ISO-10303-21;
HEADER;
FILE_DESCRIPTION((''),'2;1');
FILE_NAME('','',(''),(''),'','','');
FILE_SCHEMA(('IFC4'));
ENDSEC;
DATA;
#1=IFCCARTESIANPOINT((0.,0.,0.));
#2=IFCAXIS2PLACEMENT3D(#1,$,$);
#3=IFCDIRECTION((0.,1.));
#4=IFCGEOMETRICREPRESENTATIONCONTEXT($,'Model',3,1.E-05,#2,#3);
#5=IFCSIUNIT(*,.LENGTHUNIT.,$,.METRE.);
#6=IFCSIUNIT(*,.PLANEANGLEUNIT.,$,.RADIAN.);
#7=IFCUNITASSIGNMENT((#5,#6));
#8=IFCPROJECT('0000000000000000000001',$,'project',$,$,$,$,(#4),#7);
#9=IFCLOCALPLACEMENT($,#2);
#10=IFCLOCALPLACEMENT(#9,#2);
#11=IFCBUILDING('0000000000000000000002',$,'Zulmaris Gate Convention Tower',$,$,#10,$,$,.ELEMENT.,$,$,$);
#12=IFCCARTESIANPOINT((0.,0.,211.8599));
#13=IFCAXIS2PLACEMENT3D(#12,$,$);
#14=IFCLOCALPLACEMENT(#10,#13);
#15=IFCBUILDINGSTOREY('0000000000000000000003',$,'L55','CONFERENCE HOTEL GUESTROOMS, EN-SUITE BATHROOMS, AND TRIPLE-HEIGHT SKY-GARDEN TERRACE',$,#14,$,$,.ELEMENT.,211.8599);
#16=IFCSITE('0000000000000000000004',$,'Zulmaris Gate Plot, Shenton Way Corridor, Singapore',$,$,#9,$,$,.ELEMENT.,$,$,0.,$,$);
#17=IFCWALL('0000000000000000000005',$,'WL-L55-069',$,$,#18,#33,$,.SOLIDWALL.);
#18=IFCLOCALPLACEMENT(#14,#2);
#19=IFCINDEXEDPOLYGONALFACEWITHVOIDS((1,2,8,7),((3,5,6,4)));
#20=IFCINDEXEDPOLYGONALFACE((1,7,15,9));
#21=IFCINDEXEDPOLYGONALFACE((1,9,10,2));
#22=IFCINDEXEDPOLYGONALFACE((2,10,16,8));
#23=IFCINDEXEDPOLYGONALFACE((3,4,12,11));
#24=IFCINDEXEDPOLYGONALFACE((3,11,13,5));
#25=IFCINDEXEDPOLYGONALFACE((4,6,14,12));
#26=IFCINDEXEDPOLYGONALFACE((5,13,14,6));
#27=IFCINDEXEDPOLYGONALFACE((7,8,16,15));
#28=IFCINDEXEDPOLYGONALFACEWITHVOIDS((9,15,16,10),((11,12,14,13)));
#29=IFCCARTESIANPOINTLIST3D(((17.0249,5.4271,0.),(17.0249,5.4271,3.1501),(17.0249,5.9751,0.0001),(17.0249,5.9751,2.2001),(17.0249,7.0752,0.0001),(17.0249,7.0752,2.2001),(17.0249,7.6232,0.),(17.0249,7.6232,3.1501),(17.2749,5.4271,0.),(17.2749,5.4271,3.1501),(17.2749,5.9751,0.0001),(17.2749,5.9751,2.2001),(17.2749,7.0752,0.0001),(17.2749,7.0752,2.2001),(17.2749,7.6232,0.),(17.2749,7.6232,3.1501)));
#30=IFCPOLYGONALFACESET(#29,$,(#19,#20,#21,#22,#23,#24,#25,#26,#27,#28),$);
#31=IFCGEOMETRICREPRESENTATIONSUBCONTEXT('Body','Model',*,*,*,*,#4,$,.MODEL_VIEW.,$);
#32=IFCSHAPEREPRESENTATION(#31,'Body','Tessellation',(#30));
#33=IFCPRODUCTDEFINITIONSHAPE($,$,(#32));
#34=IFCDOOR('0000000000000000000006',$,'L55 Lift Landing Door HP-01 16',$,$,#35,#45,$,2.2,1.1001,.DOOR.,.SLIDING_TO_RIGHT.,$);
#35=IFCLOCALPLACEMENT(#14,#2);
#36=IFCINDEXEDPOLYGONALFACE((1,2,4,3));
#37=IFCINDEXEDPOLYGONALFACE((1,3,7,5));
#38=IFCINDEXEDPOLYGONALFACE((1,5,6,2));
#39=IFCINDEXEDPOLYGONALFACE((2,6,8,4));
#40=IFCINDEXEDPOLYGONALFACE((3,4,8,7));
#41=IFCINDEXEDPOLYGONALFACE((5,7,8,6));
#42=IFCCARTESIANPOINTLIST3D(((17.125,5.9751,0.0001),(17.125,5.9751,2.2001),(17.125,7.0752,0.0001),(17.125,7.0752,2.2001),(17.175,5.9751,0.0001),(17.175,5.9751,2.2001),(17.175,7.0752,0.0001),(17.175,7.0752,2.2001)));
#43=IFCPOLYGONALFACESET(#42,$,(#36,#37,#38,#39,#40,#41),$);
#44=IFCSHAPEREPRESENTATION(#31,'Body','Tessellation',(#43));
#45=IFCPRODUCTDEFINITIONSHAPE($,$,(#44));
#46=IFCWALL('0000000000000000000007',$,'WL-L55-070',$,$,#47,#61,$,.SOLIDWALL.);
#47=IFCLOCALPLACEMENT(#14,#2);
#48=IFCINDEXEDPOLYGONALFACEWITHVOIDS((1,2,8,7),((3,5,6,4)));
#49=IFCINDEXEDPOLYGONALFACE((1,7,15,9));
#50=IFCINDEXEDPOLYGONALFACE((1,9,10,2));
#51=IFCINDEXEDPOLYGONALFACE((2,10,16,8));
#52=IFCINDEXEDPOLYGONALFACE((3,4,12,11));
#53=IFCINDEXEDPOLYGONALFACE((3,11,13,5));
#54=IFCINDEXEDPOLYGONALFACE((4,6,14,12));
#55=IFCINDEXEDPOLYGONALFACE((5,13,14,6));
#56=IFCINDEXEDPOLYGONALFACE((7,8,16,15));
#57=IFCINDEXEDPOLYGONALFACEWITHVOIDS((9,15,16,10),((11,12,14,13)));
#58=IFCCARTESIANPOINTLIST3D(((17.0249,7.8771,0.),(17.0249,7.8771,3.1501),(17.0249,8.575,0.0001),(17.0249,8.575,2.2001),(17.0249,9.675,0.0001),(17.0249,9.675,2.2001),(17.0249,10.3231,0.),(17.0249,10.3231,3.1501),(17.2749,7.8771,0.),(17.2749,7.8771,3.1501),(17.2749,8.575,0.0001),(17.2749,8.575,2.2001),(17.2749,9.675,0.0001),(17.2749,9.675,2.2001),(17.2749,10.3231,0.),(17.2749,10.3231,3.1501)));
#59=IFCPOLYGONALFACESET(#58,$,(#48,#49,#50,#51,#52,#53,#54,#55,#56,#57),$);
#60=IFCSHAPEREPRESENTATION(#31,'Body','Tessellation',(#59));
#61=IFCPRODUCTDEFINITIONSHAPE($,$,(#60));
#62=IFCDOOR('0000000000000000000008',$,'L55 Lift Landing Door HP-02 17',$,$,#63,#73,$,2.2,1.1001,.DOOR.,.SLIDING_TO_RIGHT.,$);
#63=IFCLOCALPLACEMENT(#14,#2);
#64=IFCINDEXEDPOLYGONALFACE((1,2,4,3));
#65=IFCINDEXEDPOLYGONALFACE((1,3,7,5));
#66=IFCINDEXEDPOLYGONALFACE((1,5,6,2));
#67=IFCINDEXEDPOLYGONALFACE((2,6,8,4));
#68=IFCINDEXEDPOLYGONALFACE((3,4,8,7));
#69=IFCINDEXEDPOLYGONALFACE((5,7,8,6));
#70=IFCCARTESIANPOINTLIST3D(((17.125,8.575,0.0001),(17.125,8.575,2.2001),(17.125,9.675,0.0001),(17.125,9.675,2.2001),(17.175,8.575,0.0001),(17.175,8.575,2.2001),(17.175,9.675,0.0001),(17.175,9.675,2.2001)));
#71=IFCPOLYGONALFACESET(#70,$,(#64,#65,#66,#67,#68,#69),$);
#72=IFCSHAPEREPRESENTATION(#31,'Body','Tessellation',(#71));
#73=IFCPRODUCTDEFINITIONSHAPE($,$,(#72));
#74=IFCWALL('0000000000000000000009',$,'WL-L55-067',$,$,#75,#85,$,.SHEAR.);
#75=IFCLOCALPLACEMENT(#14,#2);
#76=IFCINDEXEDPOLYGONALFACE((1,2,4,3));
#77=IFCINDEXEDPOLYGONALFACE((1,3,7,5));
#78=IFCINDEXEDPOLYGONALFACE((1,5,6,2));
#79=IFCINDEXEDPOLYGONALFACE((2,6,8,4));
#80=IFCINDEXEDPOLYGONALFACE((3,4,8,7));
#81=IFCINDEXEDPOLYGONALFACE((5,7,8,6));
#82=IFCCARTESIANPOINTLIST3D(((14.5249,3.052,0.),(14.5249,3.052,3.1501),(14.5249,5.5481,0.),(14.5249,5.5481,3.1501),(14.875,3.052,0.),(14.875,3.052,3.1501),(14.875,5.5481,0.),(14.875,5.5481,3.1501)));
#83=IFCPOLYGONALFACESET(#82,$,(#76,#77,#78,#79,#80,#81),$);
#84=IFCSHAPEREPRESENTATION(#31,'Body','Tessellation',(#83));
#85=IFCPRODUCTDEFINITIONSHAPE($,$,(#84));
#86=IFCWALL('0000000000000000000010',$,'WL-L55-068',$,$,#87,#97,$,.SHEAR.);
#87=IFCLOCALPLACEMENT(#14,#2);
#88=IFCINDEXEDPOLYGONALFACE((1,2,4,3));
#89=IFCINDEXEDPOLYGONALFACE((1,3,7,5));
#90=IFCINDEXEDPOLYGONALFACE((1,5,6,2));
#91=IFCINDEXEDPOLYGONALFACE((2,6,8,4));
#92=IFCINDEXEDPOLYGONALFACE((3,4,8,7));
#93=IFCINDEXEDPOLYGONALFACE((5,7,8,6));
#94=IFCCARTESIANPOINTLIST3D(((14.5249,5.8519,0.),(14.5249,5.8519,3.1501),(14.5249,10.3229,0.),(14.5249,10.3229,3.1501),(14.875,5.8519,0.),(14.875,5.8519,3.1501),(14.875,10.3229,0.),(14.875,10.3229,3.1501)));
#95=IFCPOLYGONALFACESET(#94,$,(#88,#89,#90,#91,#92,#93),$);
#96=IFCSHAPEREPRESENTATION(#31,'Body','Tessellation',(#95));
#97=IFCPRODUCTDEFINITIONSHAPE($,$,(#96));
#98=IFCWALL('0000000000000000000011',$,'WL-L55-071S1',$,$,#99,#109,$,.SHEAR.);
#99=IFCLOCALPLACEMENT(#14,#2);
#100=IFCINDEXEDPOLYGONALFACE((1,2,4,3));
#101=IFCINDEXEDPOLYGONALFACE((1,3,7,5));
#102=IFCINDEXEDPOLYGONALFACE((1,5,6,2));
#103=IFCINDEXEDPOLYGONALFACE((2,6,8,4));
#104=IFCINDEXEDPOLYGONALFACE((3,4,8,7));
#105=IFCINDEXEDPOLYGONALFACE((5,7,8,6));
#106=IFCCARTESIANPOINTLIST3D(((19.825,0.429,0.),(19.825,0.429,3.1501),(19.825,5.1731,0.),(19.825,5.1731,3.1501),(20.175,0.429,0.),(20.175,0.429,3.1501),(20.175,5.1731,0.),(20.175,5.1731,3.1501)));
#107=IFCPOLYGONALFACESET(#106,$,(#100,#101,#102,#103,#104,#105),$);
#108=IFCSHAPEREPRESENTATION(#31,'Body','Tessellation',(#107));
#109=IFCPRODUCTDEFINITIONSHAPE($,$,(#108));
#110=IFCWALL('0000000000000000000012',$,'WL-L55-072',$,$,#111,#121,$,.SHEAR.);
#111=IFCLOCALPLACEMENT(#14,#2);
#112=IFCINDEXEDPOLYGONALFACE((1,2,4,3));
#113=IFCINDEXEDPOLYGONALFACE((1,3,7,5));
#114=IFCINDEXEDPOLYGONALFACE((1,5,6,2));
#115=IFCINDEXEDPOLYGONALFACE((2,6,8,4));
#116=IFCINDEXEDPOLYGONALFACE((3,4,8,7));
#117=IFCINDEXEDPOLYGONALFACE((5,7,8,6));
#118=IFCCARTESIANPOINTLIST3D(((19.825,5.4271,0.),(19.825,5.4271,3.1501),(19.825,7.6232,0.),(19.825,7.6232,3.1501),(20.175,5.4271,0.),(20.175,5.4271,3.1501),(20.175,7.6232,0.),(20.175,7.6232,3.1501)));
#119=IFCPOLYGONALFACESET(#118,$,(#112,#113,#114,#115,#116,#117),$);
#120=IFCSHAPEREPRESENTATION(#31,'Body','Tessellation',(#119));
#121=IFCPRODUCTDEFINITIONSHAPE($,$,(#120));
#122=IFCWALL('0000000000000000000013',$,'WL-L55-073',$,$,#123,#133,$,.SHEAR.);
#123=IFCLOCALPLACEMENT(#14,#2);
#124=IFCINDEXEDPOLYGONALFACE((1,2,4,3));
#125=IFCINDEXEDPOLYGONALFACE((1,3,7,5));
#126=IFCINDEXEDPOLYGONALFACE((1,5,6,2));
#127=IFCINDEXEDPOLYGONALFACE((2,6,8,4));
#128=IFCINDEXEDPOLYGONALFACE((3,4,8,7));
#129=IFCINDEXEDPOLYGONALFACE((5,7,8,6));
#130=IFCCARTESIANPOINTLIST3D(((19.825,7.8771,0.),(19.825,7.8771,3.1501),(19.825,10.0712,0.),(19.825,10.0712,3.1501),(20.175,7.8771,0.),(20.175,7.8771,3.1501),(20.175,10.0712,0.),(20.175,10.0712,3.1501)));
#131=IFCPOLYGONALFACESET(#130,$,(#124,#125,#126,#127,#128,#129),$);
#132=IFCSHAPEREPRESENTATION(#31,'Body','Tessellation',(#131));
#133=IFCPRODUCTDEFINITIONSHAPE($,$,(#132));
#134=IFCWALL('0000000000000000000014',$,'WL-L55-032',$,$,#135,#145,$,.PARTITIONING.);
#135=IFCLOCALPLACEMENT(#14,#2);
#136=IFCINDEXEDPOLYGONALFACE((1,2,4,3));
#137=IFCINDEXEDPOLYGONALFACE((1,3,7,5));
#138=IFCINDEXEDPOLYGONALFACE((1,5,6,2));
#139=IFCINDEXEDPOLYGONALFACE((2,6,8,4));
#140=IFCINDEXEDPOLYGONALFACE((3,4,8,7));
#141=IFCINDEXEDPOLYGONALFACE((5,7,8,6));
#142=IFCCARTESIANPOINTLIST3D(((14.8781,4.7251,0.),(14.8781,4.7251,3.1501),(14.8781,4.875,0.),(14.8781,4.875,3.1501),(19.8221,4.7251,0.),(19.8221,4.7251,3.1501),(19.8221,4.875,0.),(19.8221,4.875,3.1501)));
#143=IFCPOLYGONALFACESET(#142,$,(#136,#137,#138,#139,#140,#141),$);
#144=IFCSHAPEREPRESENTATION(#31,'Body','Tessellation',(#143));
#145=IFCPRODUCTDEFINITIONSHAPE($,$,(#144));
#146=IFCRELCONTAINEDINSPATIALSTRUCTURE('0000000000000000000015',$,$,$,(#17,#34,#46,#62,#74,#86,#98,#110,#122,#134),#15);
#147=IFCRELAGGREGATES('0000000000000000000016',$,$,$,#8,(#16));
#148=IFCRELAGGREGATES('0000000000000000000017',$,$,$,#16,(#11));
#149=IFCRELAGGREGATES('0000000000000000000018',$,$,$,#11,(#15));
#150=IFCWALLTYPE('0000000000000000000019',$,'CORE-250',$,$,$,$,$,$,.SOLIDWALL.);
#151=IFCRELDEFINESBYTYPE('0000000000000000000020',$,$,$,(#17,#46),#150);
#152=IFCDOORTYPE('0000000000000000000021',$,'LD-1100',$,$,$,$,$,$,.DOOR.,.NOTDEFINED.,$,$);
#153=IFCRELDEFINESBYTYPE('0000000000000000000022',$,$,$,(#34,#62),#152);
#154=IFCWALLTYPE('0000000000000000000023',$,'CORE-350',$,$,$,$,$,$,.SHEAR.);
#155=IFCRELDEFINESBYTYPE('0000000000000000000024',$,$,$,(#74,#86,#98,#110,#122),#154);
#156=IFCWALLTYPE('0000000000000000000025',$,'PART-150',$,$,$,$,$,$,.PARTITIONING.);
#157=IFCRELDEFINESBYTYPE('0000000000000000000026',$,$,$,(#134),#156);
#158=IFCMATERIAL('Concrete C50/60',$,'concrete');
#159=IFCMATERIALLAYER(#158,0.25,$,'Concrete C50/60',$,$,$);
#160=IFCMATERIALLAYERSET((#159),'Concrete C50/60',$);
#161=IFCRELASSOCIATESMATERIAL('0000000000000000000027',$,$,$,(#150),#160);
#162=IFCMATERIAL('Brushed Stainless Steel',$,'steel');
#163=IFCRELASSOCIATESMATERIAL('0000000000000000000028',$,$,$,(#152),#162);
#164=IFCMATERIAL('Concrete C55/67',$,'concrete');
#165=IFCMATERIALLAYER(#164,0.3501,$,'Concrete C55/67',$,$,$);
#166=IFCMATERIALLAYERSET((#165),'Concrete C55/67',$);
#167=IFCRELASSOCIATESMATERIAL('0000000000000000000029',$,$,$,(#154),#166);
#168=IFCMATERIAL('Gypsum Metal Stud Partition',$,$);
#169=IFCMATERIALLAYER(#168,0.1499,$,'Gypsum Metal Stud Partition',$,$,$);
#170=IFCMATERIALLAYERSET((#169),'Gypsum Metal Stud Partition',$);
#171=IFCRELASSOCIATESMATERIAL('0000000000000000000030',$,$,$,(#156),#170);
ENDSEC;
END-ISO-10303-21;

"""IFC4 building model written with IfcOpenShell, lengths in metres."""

from ifc_helpers import new_model, si_unit, direction, frame, frame_2d, origin, place, context, subcontext, project, spatial, rectangle, extrude, material, layer, layer_set, type_object, element, fill, save


model = new_model("IFC4")

# Units and contexts
model_context = context("Model", 3, precision=1e-05, world=origin(), true_north=direction((0.0, 1.0)))
body_context = subcontext(model_context, "Body", "Model", "MODEL_VIEW")
ifc_project = project(units=[si_unit("LENGTHUNIT", "METRE"), si_unit("PLANEANGLEUNIT", "RADIAN")], contexts=[model_context])

# Site, building, storey
site_placement = place(None, origin())
site = spatial("IfcSite", under=ifc_project, at=site_placement, Name="Zulmaris Gate Plot, Shenton Way Corridor, Singapore", CompositionType="ELEMENT", RefElevation=0.0)
building_placement = place(site_placement, origin())
building = spatial("IfcBuilding", under=site, at=building_placement, Name="Zulmaris Gate Convention Tower", CompositionType="ELEMENT")
storey_placement = place(building_placement, frame((0.0, 0.0, 211.8599)))
storey = spatial("IfcBuildingStorey", under=building, at=storey_placement, Name="L55", Description="CONFERENCE HOTEL GUESTROOMS, EN-SUITE BATHROOMS, AND TRIPLE-HEIGHT SKY-GARDEN TERRACE", CompositionType="ELEMENT", Elevation=211.8599)

# Shared definitions
ifc_material_1 = material(Name="Concrete C50/60", Category="concrete")

# Shared definitions
ifc_layer_1 = layer(ifc_material_1, 0.25, Name="Concrete C50/60")
ifc_layer_set_1 = layer_set([ifc_layer_1], Name="Concrete C50/60")
wall_type_1 = type_object("IfcWallType", Name="CORE-250", PredefinedType="SOLIDWALL", material=ifc_layer_set_1)

# Walls, openings, doors
wall_1_placement = place(storey_placement, frame((17.1499, 5.427, 0.0), z_axis=(0.0, 0.0, 1.0), x_axis=(0.0, 1.0, 0.0)))
wall_1 = element("IfcWall", 1, at=wall_1_placement, inside=storey, type_object=wall_type_1, Name="WL-L55-069", PredefinedType="SOLIDWALL", context=body_context, shape_type="SweptSolid", body=[
    extrude(rectangle(XDim=2.196, YDim=0.25, at=frame_2d((1.0981, 0.0))), origin(), (0.0, 0.0, 1.0), 3.1501),
])
opening_1_placement = place(wall_1_placement, frame((0.5481, 0.0, 0.0)))
opening_1 = element("IfcOpeningElement", 2, at=opening_1_placement, cuts=wall_1, PredefinedType="OPENING", context=body_context, shape_type="SweptSolid", body=[
    extrude(rectangle(XDim=1.1001, YDim=2.2, at=frame_2d((0.55, 1.1001))), frame((0.0, 0.135, 0.0), z_axis=(0.0, -1.0, 0.0), x_axis=(1.0, 0.0, 0.0)), (0.0, 0.0, 1.0), 0.27),
])
ifc_material_2 = material(Name="Brushed Stainless Steel", Category="steel")
door_type = type_object("IfcDoorType", Name="LD-1100", OperationType="NOTDEFINED", PredefinedType="DOOR", material=ifc_material_2)
door_1_placement = place(opening_1_placement, origin())
door_1 = element("IfcDoor", 3, at=door_1_placement, inside=storey, type_object=door_type, Name="L55 Lift Landing Door HP-01 16", OperationType="SLIDING_TO_RIGHT", OverallHeight=2.2, OverallWidth=1.1001, PredefinedType="DOOR", context=body_context, shape_type="SweptSolid", body=[
    extrude(rectangle(XDim=1.1001, YDim=2.2, at=frame_2d((0.55, 1.1001))), frame((0.0, 0.0249, 0.0), z_axis=(0.0, -1.0, 0.0), x_axis=(1.0, 0.0, 0.0)), (0.0, 0.0, 1.0), 0.05),
])
fill(opening_1, door_1)
wall_2_placement = place(storey_placement, frame((17.1499, 7.877, 0.0), z_axis=(0.0, 0.0, 1.0), x_axis=(0.0, 1.0, 0.0)))
wall_2 = element("IfcWall", 4, at=wall_2_placement, inside=storey, type_object=wall_type_1, Name="WL-L55-070", PredefinedType="SOLIDWALL", context=body_context, shape_type="SweptSolid", body=[
    extrude(rectangle(XDim=2.446, YDim=0.25, at=frame_2d((1.2231, 0.0))), origin(), (0.0, 0.0, 1.0), 3.1501),
])
opening_2_placement = place(wall_2_placement, frame((0.698, 0.0, 0.0)))
opening_2 = element("IfcOpeningElement", 5, at=opening_2_placement, cuts=wall_2, PredefinedType="OPENING", context=body_context, shape_type="SweptSolid", body=[
    extrude(rectangle(XDim=1.1001, YDim=2.2, at=frame_2d((0.55, 1.1001))), frame((0.0, 0.135, 0.0), z_axis=(0.0, -1.0, 0.0), x_axis=(1.0, 0.0, 0.0)), (0.0, 0.0, 1.0), 0.27),
])
door_2_placement = place(opening_2_placement, origin())
door_2 = element("IfcDoor", 6, at=door_2_placement, inside=storey, type_object=door_type, Name="L55 Lift Landing Door HP-02 17", OperationType="SLIDING_TO_RIGHT", OverallHeight=2.2, OverallWidth=1.1001, PredefinedType="DOOR", context=body_context, shape_type="SweptSolid", body=[
    extrude(rectangle(XDim=1.1001, YDim=2.2, at=frame_2d((0.55, 1.1001))), frame((0.0, 0.0249, 0.0), z_axis=(0.0, -1.0, 0.0), x_axis=(1.0, 0.0, 0.0)), (0.0, 0.0, 1.0), 0.05),
])
fill(opening_2, door_2)

# Walls
ifc_material_3 = material(Name="Concrete C55/67", Category="concrete")
ifc_layer_2 = layer(ifc_material_3, 0.3501, Name="Concrete C55/67")
ifc_layer_set_2 = layer_set([ifc_layer_2], Name="Concrete C55/67")
wall_type_2 = type_object("IfcWallType", Name="CORE-350", PredefinedType="SHEAR", material=ifc_layer_set_2)
wall_3_placement = place(storey_placement, frame((14.7, 3.052, 0.0), z_axis=(0.0, 0.0, 1.0), x_axis=(0.0, 1.0, 0.0)))
element("IfcWall", 7, at=wall_3_placement, inside=storey, type_object=wall_type_2, Name="WL-L55-067", PredefinedType="SHEAR", context=body_context, shape_type="SweptSolid", body=[
    extrude(rectangle(XDim=2.4961, YDim=0.3501, at=frame_2d((1.248, 0.0))), origin(), (0.0, 0.0, 1.0), 3.1501),
])
wall_4_placement = place(storey_placement, frame((14.7, 5.8521, 0.0), z_axis=(0.0, 0.0, 1.0), x_axis=(0.0, 1.0, 0.0)))
element("IfcWall", 8, at=wall_4_placement, inside=storey, type_object=wall_type_2, Name="WL-L55-068", PredefinedType="SHEAR", context=body_context, shape_type="SweptSolid", body=[
    extrude(rectangle(XDim=4.4709, YDim=0.3501, at=frame_2d((2.2354, 0.0))), origin(), (0.0, 0.0, 1.0), 3.1501),
])
wall_5_placement = place(storey_placement, frame((20.0, 0.429, 0.0), z_axis=(0.0, 0.0, 1.0), x_axis=(0.0, 1.0, 0.0)))
element("IfcWall", 9, at=wall_5_placement, inside=storey, type_object=wall_type_2, Name="WL-L55-071S1", PredefinedType="SHEAR", context=body_context, shape_type="SweptSolid", body=[
    extrude(rectangle(XDim=4.7441, YDim=0.3501, at=frame_2d((2.3721, 0.0))), origin(), (0.0, 0.0, 1.0), 3.1501),
])
wall_6_placement = place(storey_placement, frame((20.0, 5.427, 0.0), z_axis=(0.0, 0.0, 1.0), x_axis=(0.0, 1.0, 0.0)))
element("IfcWall", 10, at=wall_6_placement, inside=storey, type_object=wall_type_2, Name="WL-L55-072", PredefinedType="SHEAR", context=body_context, shape_type="SweptSolid", body=[
    extrude(rectangle(XDim=2.196, YDim=0.3501, at=frame_2d((1.0981, 0.0))), origin(), (0.0, 0.0, 1.0), 3.1501),
])
wall_7_placement = place(storey_placement, frame((20.0, 7.877, 0.0), z_axis=(0.0, 0.0, 1.0), x_axis=(0.0, 1.0, 0.0)))
element("IfcWall", 11, at=wall_7_placement, inside=storey, type_object=wall_type_2, Name="WL-L55-073", PredefinedType="SHEAR", context=body_context, shape_type="SweptSolid", body=[
    extrude(rectangle(XDim=2.1941, YDim=0.3501, at=frame_2d((1.0972, 0.0))), origin(), (0.0, 0.0, 1.0), 3.1501),
])
ifc_material_4 = material(Name="Gypsum Metal Stud Partition")
ifc_layer_3 = layer(ifc_material_4, 0.1499, Name="Gypsum Metal Stud Partition")
ifc_layer_set_3 = layer_set([ifc_layer_3], Name="Gypsum Metal Stud Partition")
wall_type_3 = type_object("IfcWallType", Name="PART-150", PredefinedType="PARTITIONING", material=ifc_layer_set_3)
wall_8_placement = place(storey_placement, frame((14.8779, 4.8, 0.0), z_axis=(0.0, 0.0, 1.0), x_axis=(1.0, 0.0, 0.0)))
element("IfcWall", 12, at=wall_8_placement, inside=storey, type_object=wall_type_3, Name="WL-L55-032", PredefinedType="PARTITIONING", context=body_context, shape_type="SweptSolid", body=[
    extrude(rectangle(XDim=4.9441, YDim=0.1499, at=frame_2d((2.4722, 0.0))), origin(), (0.0, 0.0, 1.0), 3.1501),
])

save(model, "model.ifc")
